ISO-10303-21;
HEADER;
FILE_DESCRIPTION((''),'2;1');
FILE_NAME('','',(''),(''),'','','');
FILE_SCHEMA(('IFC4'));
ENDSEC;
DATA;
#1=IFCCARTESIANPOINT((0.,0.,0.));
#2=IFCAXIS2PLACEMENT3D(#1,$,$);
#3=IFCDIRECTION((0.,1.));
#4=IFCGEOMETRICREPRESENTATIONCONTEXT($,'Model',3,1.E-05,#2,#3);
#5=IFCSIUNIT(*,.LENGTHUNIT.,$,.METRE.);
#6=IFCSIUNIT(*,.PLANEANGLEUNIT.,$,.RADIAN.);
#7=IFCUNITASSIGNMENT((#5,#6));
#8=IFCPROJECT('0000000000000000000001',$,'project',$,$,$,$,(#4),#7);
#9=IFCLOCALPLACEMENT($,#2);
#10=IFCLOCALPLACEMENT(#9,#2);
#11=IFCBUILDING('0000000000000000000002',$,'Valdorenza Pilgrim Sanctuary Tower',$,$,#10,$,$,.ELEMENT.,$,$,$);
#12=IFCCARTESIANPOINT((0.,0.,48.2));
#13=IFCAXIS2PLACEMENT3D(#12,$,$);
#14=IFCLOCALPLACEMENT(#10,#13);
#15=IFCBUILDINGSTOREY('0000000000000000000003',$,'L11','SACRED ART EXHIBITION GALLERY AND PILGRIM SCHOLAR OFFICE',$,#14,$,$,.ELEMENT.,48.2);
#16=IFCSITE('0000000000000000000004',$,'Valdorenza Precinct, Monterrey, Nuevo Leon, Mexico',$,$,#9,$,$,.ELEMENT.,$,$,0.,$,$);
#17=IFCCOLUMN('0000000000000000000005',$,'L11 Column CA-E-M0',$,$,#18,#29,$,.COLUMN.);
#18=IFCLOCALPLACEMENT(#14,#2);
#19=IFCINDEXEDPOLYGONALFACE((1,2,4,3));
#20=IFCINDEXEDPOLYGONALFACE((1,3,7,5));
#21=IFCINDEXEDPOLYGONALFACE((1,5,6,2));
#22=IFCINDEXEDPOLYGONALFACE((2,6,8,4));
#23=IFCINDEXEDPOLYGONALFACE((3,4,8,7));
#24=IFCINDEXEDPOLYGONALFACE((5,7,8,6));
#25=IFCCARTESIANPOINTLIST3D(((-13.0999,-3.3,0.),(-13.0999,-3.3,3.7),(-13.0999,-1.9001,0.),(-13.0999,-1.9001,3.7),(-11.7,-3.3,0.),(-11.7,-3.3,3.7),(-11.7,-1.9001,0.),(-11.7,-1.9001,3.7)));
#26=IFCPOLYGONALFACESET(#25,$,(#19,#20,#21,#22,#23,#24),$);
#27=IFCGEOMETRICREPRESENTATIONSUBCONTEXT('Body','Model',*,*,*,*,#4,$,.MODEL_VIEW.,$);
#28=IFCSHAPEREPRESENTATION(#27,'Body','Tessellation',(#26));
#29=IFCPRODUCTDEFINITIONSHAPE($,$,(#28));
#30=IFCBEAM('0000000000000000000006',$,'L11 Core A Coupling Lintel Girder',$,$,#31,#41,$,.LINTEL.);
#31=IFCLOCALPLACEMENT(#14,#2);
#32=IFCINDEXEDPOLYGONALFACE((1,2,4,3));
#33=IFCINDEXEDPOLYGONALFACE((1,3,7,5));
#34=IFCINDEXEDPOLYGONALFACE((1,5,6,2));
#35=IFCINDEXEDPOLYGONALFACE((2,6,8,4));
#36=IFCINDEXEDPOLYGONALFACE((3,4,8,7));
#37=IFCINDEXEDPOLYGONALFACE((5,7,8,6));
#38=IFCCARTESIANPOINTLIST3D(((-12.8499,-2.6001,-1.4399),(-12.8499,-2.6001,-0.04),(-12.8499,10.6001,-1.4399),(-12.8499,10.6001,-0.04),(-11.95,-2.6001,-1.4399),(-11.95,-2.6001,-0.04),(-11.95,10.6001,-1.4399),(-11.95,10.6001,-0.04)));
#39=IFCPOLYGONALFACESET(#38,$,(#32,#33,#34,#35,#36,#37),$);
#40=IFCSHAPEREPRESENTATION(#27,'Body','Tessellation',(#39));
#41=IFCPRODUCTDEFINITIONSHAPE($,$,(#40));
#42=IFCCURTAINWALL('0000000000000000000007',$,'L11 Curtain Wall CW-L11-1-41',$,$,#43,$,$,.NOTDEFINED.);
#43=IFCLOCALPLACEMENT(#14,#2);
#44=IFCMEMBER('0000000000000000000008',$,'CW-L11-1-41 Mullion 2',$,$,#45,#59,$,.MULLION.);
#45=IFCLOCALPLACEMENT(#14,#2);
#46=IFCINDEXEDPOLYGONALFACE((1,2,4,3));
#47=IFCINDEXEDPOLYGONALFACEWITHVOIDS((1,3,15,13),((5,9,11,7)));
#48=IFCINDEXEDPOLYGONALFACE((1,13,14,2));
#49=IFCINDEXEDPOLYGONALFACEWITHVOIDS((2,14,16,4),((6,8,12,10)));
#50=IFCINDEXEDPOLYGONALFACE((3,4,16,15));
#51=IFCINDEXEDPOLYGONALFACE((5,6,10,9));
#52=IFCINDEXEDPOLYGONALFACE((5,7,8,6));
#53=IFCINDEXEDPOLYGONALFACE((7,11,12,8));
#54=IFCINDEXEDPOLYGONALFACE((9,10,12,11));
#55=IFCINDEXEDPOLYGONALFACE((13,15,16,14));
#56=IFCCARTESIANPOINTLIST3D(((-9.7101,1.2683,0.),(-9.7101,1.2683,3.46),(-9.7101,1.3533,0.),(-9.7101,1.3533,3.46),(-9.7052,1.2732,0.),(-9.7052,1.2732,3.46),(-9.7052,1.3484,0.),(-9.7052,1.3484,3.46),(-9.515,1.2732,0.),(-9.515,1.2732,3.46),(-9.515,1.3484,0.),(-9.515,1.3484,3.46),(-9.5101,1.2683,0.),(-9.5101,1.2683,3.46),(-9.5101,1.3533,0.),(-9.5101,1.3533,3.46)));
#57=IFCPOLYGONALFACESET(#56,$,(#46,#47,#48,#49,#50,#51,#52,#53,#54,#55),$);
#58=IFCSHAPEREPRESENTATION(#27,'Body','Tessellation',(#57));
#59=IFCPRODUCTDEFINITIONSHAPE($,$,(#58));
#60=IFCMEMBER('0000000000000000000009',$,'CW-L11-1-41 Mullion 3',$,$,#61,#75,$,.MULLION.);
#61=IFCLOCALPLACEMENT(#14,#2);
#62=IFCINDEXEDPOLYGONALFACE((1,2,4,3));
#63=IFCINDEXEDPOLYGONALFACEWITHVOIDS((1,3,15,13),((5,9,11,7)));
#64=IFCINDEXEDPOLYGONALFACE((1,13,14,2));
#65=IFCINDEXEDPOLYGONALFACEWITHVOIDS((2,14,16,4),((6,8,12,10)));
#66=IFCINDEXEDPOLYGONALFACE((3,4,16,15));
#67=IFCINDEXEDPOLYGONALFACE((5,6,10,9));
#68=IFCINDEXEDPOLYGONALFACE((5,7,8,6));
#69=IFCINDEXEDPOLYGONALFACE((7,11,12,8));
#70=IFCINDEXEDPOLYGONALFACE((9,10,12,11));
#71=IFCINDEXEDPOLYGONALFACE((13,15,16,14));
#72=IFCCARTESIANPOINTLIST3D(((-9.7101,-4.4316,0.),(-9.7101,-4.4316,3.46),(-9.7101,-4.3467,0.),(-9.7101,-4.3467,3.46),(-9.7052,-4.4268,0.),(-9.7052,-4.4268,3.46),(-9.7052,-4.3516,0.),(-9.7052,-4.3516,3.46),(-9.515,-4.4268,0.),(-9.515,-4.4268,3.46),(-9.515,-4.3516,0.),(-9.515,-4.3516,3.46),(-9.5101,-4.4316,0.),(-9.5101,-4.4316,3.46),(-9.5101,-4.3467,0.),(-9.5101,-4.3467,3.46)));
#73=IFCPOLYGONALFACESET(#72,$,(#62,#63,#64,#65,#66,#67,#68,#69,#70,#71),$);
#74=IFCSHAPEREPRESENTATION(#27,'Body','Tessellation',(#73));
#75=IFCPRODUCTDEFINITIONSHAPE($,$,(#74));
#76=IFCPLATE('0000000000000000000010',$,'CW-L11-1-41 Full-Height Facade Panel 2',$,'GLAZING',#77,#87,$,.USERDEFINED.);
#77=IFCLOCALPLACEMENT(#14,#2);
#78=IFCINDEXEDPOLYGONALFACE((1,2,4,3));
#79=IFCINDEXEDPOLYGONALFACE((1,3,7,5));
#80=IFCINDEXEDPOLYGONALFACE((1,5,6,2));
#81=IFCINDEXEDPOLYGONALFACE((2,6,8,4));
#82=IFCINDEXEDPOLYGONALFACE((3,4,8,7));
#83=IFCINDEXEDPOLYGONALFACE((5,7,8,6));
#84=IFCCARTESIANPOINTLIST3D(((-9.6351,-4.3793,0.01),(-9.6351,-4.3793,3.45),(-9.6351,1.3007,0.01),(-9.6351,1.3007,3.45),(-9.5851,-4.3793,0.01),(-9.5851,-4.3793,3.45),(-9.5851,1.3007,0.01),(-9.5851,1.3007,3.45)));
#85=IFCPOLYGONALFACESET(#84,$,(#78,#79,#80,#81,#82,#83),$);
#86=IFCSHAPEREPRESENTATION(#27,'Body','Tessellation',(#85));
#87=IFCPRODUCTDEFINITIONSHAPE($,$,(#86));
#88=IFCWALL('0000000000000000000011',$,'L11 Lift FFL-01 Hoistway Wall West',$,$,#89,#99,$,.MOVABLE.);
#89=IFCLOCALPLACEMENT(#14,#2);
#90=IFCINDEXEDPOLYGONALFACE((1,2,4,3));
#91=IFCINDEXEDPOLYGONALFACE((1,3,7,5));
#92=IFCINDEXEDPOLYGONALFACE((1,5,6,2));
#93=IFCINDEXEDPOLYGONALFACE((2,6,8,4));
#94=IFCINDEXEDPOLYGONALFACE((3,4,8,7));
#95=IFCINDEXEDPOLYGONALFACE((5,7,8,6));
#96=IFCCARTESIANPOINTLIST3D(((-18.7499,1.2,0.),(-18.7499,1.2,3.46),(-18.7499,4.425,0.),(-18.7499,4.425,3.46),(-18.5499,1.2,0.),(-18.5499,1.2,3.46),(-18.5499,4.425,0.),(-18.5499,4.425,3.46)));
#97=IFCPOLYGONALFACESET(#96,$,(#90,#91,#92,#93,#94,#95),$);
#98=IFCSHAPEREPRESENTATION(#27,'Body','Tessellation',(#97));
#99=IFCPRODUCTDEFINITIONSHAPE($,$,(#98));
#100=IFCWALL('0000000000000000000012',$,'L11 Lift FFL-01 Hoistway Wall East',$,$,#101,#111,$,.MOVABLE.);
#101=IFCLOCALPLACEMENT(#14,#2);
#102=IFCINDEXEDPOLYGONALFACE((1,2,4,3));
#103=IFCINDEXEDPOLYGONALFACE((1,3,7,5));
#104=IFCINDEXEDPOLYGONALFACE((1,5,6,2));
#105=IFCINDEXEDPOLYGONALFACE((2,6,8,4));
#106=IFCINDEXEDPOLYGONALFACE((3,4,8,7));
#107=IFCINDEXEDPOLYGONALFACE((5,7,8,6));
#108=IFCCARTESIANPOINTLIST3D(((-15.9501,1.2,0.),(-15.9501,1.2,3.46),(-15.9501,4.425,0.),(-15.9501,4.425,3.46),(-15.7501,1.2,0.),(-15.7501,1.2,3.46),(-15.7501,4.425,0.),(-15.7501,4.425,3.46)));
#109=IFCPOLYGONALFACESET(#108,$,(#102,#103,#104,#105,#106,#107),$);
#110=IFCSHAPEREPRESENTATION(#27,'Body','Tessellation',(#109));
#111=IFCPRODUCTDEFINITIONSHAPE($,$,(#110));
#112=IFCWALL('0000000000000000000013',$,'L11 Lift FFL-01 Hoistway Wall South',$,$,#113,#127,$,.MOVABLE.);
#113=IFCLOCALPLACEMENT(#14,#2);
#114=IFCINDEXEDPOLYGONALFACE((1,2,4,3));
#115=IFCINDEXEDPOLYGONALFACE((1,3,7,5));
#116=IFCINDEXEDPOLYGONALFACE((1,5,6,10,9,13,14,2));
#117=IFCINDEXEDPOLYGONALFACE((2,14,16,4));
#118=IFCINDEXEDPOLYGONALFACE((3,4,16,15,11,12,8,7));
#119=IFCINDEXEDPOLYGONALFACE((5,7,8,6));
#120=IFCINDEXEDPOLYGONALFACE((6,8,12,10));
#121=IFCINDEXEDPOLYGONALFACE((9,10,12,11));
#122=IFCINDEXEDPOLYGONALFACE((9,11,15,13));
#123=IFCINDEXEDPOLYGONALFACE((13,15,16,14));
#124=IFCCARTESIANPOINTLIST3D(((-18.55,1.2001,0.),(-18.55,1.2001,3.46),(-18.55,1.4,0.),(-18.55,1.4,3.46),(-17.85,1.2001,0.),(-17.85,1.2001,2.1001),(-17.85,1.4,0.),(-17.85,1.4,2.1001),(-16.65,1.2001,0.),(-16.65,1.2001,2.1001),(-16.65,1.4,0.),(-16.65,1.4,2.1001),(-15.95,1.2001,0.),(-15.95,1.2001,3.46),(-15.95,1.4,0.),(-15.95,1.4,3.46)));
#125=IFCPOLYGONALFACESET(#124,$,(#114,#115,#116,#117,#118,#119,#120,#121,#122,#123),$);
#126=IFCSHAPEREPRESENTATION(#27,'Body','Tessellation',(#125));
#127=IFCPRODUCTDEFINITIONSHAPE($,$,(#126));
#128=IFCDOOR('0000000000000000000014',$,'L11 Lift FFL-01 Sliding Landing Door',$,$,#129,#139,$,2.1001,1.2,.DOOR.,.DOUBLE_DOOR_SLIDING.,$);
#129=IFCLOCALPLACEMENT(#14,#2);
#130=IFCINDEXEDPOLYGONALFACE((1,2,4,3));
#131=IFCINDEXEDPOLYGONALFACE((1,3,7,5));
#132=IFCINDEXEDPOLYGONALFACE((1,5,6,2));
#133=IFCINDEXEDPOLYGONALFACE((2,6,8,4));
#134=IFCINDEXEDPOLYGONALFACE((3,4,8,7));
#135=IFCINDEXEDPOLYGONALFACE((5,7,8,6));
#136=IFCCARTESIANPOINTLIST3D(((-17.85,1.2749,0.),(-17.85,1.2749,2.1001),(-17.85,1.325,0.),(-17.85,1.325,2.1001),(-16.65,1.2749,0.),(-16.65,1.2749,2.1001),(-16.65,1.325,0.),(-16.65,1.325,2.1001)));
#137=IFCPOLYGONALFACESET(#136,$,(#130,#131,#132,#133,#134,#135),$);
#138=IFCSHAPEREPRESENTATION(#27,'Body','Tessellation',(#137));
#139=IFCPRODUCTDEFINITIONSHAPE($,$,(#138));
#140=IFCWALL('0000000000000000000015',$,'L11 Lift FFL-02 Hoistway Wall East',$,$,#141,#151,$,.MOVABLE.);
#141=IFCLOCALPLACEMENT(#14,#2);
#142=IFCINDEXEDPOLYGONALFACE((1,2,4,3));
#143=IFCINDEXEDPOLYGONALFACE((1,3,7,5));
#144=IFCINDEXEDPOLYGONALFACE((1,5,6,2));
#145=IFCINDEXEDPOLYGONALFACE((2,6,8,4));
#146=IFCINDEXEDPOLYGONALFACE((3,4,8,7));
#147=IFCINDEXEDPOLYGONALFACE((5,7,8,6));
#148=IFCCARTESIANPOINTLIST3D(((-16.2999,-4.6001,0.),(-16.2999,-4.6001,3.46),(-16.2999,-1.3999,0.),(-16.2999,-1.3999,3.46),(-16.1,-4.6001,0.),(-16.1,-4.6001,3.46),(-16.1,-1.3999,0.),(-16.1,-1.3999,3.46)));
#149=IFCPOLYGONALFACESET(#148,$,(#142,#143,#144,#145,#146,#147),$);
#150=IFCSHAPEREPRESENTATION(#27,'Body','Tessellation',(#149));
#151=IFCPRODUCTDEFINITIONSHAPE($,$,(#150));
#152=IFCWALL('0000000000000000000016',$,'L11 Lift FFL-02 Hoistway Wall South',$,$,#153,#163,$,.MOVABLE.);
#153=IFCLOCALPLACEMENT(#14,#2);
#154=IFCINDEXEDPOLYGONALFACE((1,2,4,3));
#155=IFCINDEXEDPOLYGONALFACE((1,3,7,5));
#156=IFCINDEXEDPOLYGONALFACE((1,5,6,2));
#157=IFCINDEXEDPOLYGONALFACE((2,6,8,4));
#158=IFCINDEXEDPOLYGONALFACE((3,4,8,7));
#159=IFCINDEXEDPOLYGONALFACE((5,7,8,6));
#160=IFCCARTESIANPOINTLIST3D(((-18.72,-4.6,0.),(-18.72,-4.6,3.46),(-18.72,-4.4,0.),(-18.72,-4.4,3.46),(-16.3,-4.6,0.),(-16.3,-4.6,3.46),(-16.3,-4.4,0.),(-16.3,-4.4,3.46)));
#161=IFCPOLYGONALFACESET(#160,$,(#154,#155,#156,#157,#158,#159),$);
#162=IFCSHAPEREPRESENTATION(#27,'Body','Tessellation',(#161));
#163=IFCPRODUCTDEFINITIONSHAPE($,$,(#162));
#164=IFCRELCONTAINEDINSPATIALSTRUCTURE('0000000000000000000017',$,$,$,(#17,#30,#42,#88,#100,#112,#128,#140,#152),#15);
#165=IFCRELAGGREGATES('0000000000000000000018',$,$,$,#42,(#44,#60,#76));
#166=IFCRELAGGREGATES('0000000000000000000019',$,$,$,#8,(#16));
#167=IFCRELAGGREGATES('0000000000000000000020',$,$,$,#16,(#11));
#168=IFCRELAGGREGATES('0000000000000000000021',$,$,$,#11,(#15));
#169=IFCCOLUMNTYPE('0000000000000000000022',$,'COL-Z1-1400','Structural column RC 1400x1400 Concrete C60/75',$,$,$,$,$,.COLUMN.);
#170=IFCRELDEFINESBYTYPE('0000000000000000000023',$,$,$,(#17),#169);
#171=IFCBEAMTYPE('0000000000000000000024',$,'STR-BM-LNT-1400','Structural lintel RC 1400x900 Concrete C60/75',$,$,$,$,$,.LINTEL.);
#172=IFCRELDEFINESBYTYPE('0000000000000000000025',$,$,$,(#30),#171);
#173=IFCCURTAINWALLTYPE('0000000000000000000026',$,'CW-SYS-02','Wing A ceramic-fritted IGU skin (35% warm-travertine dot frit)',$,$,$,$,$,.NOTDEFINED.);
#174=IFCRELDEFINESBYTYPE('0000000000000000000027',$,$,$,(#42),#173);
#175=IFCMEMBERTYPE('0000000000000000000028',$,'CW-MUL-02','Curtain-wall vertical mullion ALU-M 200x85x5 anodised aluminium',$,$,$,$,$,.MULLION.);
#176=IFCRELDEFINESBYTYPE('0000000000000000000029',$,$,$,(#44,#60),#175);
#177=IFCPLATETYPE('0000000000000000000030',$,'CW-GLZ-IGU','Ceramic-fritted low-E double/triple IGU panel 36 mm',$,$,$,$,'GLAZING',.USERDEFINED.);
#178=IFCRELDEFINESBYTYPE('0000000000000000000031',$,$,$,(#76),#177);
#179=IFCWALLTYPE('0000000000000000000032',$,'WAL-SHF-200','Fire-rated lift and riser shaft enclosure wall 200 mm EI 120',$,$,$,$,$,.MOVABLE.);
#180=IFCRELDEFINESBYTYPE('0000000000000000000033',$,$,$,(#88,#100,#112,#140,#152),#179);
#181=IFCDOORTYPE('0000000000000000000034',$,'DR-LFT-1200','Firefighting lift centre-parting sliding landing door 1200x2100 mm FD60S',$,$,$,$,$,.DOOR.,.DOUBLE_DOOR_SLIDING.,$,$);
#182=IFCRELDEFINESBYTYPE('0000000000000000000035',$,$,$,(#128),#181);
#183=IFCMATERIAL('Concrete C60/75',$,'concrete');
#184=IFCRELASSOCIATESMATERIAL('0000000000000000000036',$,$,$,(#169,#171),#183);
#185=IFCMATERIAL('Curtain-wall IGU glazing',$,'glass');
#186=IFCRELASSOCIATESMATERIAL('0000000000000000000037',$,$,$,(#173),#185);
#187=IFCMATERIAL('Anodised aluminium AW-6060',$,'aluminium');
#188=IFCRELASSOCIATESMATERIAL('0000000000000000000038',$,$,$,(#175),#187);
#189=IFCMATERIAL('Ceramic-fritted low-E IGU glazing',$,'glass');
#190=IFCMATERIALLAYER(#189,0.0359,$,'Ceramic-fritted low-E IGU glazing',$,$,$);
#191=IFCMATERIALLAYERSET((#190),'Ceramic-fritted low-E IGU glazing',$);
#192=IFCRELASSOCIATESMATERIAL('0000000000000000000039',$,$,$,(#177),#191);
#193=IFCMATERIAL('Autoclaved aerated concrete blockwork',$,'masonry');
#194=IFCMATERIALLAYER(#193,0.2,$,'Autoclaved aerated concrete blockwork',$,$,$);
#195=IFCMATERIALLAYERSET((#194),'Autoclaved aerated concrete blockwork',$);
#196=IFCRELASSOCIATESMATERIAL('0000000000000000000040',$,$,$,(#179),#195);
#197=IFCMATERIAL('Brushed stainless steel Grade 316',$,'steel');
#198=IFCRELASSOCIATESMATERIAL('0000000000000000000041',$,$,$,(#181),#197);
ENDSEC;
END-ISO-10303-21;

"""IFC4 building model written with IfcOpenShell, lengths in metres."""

from ifc_helpers import new_model, si_unit, direction, frame, frame_2d, origin, origin_2d, place, context, subcontext, project, spatial, rectangle, hollow_rectangle, extrude, source, transform, mapped, material, layer, layer_set, material_profile, profile_set, type_object, element, fill, aggregate, save


model = new_model("IFC4")

# Units and contexts
model_context = context("Model", 3, precision=1e-05, world=origin(), true_north=direction((0.0, 1.0)))
body_context = subcontext(model_context, "Body", "Model", "MODEL_VIEW")
ifc_project = project(units=[si_unit("LENGTHUNIT", "METRE"), si_unit("PLANEANGLEUNIT", "RADIAN")], contexts=[model_context])

# Site, building, storey
site_placement = place(None, origin())
site = spatial("IfcSite", under=ifc_project, at=site_placement, Name="Valdorenza Precinct, Monterrey, Nuevo Leon, Mexico", CompositionType="ELEMENT", RefElevation=0.0)
building_placement = place(site_placement, origin())
building = spatial("IfcBuilding", under=site, at=building_placement, Name="Valdorenza Pilgrim Sanctuary Tower", CompositionType="ELEMENT")
storey_placement = place(building_placement, frame((0.0, 0.0, 48.2)))
storey = spatial("IfcBuildingStorey", under=building, at=storey_placement, Name="L11", Description="SACRED ART EXHIBITION GALLERY AND PILGRIM SCHOLAR OFFICE", CompositionType="ELEMENT", Elevation=48.2)

# Column
ifc_material_1 = material(Name="Concrete C60/75", Category="concrete")
ifc_material_profile_1 = material_profile(ifc_material_1, rectangle(XDim=1.3999, YDim=1.3999, at=origin_2d()), Name="RC 1400x1400")
ifc_profile_set_1 = profile_set([ifc_material_profile_1], Name="Concrete C60/75")
column_type = type_object("IfcColumnType", Name="COL-Z1-1400", Description="Structural column RC 1400x1400 Concrete C60/75", PredefinedType="COLUMN", material=ifc_profile_set_1)
shared_shape_1 = source(origin(), body_context, "Body", "SweptSolid", [
    extrude(rectangle(XDim=1.3999, YDim=1.3999, at=origin_2d()), origin(), (0.0, 0.0, 1.0), 3.7),
])
column_placement = place(storey_placement, frame((-12.3999, -2.6001, 0.0), z_axis=(0.0, 0.0, 1.0), x_axis=(1.0, 0.0, 0.0)))
element("IfcColumn", 1, at=column_placement, inside=storey, type_object=column_type, Name="L11 Column CA-E-M0", PredefinedType="COLUMN", context=body_context, shape_type="MappedRepresentation", body=[
    mapped(shared_shape_1, transform((0.0, 0.0, 0.0), x_axis=(1.0, 0.0, 0.0), y_axis=(0.0, 1.0, 0.0), z_axis=(0.0, 0.0, 1.0), scale=1.0)),
])

# Beam
ifc_material_profile_2 = material_profile(ifc_material_1, rectangle(XDim=0.8999, YDim=1.3999, at=origin_2d()), Name="RC 1400x900")
ifc_profile_set_2 = profile_set([ifc_material_profile_2], Name="Concrete C60/75")
beam_type = type_object("IfcBeamType", Name="STR-BM-LNT-1400", Description="Structural lintel RC 1400x900 Concrete C60/75", PredefinedType="LINTEL", material=ifc_profile_set_2)
shared_shape_2 = source(origin(), body_context, "Body", "SweptSolid", [
    extrude(rectangle(XDim=0.8999, YDim=1.3999, at=origin_2d()), origin(), (0.0, 0.0, 1.0), 13.2002),
])
beam_placement = place(storey_placement, frame((-12.3999, -2.6001, -0.74), z_axis=(0.0, 1.0, 0.0), x_axis=(-1.0, 0.0, 0.0)))
element("IfcBeam", 2, at=beam_placement, inside=storey, type_object=beam_type, Name="L11 Core A Coupling Lintel Girder", PredefinedType="LINTEL", context=body_context, shape_type="MappedRepresentation", body=[
    mapped(shared_shape_2, transform((0.0, 0.0, 0.0), x_axis=(1.0, 0.0, 0.0), y_axis=(0.0, 1.0, 0.0), z_axis=(0.0, 0.0, 1.0), scale=1.0)),
])

# Curtain wall, members, plate
ifc_material_2 = material(Name="Curtain-wall IGU glazing", Category="glass")
curtain_wall_type = type_object("IfcCurtainWallType", Name="CW-SYS-02", Description="Wing A ceramic-fritted IGU skin (35% warm-travertine dot frit)", PredefinedType="NOTDEFINED", material=ifc_material_2)
curtain_wall_placement = place(storey_placement, origin())
curtain_wall = element("IfcCurtainWall", 3, at=curtain_wall_placement, inside=storey, type_object=curtain_wall_type, Name="L11 Curtain Wall CW-L11-1-41", PredefinedType="NOTDEFINED")
ifc_material_3 = material(Name="Anodised aluminium AW-6060", Category="aluminium")
ifc_material_profile_3 = material_profile(ifc_material_3, hollow_rectangle(XDim=0.085, YDim=0.2, WallThickness=0.0049, at=origin_2d()), Name="ALU-M 200x85x5")
ifc_profile_set_3 = profile_set([ifc_material_profile_3], Name="Anodised aluminium AW-6060")
member_type = type_object("IfcMemberType", Name="CW-MUL-02", Description="Curtain-wall vertical mullion ALU-M 200x85x5 anodised aluminium", PredefinedType="MULLION", material=ifc_profile_set_3)
shared_shape_3 = source(origin(), body_context, "Body", "SweptSolid", [
    extrude(hollow_rectangle(XDim=0.085, YDim=0.2, WallThickness=0.0049, at=origin_2d()), origin(), (0.0, 0.0, 1.0), 3.46),
])
member_1_placement = place(storey_placement, frame((-9.6101, 1.3108, 0.0), z_axis=(0.0, 0.0, 1.0), x_axis=(0.0, -1.0, 0.0)))
member_1 = element("IfcMember", 4, at=member_1_placement, type_object=member_type, Name="CW-L11-1-41 Mullion 2", PredefinedType="MULLION", context=body_context, shape_type="MappedRepresentation", body=[
    mapped(shared_shape_3, transform((0.0, 0.0, 0.0), x_axis=(1.0, 0.0, 0.0), y_axis=(0.0, 1.0, 0.0), z_axis=(0.0, 0.0, 1.0), scale=1.0)),
])
member_2_placement = place(storey_placement, frame((-9.6101, -4.3892, 0.0), z_axis=(0.0, 0.0, 1.0), x_axis=(0.0, -1.0, 0.0)))
member_2 = element("IfcMember", 5, at=member_2_placement, type_object=member_type, Name="CW-L11-1-41 Mullion 3", PredefinedType="MULLION", context=body_context, shape_type="MappedRepresentation", body=[
    mapped(shared_shape_3, transform((0.0, 0.0, 0.0), x_axis=(1.0, 0.0, 0.0), y_axis=(0.0, 1.0, 0.0), z_axis=(0.0, 0.0, 1.0), scale=1.0)),
])
ifc_material_4 = material(Name="Ceramic-fritted low-E IGU glazing", Category="glass")
ifc_layer_1 = layer(ifc_material_4, 0.0359, Name="Ceramic-fritted low-E IGU glazing")
ifc_layer_set_1 = layer_set([ifc_layer_1], Name="Ceramic-fritted low-E IGU glazing")
plate_type = type_object("IfcPlateType", Name="CW-GLZ-IGU", Description="Ceramic-fritted low-E double/triple IGU panel 36 mm", ElementType="GLAZING", PredefinedType="USERDEFINED", material=ifc_layer_set_1)
shared_shape_4 = source(origin(), body_context, "Body", "SweptSolid", [
    extrude(rectangle(XDim=5.6799, YDim=0.05, at=origin_2d()), origin(), (0.0, 0.0, 1.0), 3.4399),
])
plate_placement = place(storey_placement, frame((-9.6101, -1.5393, 0.01), z_axis=(0.0, 0.0, 1.0), x_axis=(0.0, -1.0, 0.0)))
plate = element("IfcPlate", 6, at=plate_placement, type_object=plate_type, Name="CW-L11-1-41 Full-Height Facade Panel 2", ObjectType="GLAZING", PredefinedType="USERDEFINED", context=body_context, shape_type="MappedRepresentation", body=[
    mapped(shared_shape_4, transform((0.0, 0.0, 0.0), x_axis=(1.0, 0.0, 0.0), y_axis=(0.0, 1.0, 0.0), z_axis=(0.0, 0.0, 1.0), scale=1.0)),
])
aggregate(curtain_wall, [member_1, member_2, plate])

# Walls
ifc_material_5 = material(Name="Autoclaved aerated concrete blockwork", Category="masonry")
ifc_layer_2 = layer(ifc_material_5, 0.2, Name="Autoclaved aerated concrete blockwork")
ifc_layer_set_2 = layer_set([ifc_layer_2], Name="Autoclaved aerated concrete blockwork")
wall_type_1 = type_object("IfcWallType", Name="WAL-SHF-200", Description="Fire-rated lift and riser shaft enclosure wall 200 mm EI 120", PredefinedType="MOVABLE", material=ifc_layer_set_2)
for number, where, z_axis, x_axis, name in (
    (7, (-18.6499, 1.2, 0.0), (0.0, 0.0, 1.0), (0.0, 1.0, 0.0), "L11 Lift FFL-01 Hoistway Wall West"),
    (8, (-15.8501, 1.2, 0.0), (0.0, 0.0, 1.0), (0.0, 1.0, 0.0), "L11 Lift FFL-01 Hoistway Wall East"),
):
    element("IfcWall", number, at=place(storey_placement, frame(where, z_axis=z_axis, x_axis=x_axis)), inside=storey, type_object=wall_type_1, Name=name, PredefinedType="MOVABLE", context=body_context, shape_type="SweptSolid", body=[
        extrude(rectangle(XDim=3.2251, YDim=0.2, at=frame_2d((1.6125, 0.0))), origin(), (0.0, 0.0, 1.0), 3.46),
    ])

# Wall, opening, door
wall_1_placement = place(storey_placement, frame((-18.55, 1.3, 0.0), z_axis=(0.0, 0.0, 1.0), x_axis=(1.0, 0.0, 0.0)))
wall_1 = element("IfcWall", 9, at=wall_1_placement, inside=storey, type_object=wall_type_1, Name="L11 Lift FFL-01 Hoistway Wall South", PredefinedType="MOVABLE", context=body_context, shape_type="SweptSolid", body=[
    extrude(rectangle(XDim=2.6001, YDim=0.2, at=frame_2d((1.3, 0.0))), origin(), (0.0, 0.0, 1.0), 3.46),
])
opening_1_placement = place(wall_1_placement, frame((0.7, 0.0, 0.0)))
opening_1 = element("IfcOpeningElement", 10, at=opening_1_placement, cuts=wall_1, PredefinedType="OPENING", context=body_context, shape_type="SweptSolid", body=[
    extrude(rectangle(XDim=1.2, YDim=2.1001, at=frame_2d((0.6001, 1.05))), frame((0.0, 0.1147, 0.0), z_axis=(0.0, -1.0, 0.0), x_axis=(1.0, 0.0, 0.0)), (0.0, 0.0, 1.0), 0.2297),
])
ifc_material_6 = material(Name="Brushed stainless steel Grade 316", Category="steel")
door_type_1 = type_object("IfcDoorType", Name="DR-LFT-1200", Description="Firefighting lift centre-parting sliding landing door 1200x2100 mm FD60S", OperationType="DOUBLE_DOOR_SLIDING", PredefinedType="DOOR", material=ifc_material_6)
door_1_placement = place(opening_1_placement, origin())
door_1 = element("IfcDoor", 11, at=door_1_placement, inside=storey, type_object=door_type_1, Name="L11 Lift FFL-01 Sliding Landing Door", OperationType="DOUBLE_DOOR_SLIDING", OverallHeight=2.1001, OverallWidth=1.2, PredefinedType="DOOR", context=body_context, shape_type="SweptSolid", body=[
    extrude(rectangle(XDim=1.2, YDim=2.1001, at=frame_2d((0.6001, 1.05))), frame((0.0, 0.0249, 0.0), z_axis=(0.0, -1.0, 0.0), x_axis=(1.0, 0.0, 0.0)), (0.0, 0.0, 1.0), 0.05),
])
fill(opening_1, door_1)

# Walls
wall_2_placement = place(storey_placement, frame((-16.2, -4.6001, 0.0), z_axis=(0.0, 0.0, 1.0), x_axis=(0.0, 1.0, 0.0)))
element("IfcWall", 12, at=wall_2_placement, inside=storey, type_object=wall_type_1, Name="L11 Lift FFL-02 Hoistway Wall East", PredefinedType="MOVABLE", context=body_context, shape_type="SweptSolid", body=[
    extrude(rectangle(XDim=3.2002, YDim=0.2, at=frame_2d((1.6001, 0.0))), origin(), (0.0, 0.0, 1.0), 3.46),
])
wall_3_placement = place(storey_placement, frame((-18.72, -4.5, 0.0), z_axis=(0.0, 0.0, 1.0), x_axis=(1.0, 0.0, 0.0)))
element("IfcWall", 13, at=wall_3_placement, inside=storey, type_object=wall_type_1, Name="L11 Lift FFL-02 Hoistway Wall South", PredefinedType="MOVABLE", context=body_context, shape_type="SweptSolid", body=[
    extrude(rectangle(XDim=2.4199, YDim=0.2, at=frame_2d((1.21, 0.0))), origin(), (0.0, 0.0, 1.0), 3.46),
])

save(model, "model.ifc")
